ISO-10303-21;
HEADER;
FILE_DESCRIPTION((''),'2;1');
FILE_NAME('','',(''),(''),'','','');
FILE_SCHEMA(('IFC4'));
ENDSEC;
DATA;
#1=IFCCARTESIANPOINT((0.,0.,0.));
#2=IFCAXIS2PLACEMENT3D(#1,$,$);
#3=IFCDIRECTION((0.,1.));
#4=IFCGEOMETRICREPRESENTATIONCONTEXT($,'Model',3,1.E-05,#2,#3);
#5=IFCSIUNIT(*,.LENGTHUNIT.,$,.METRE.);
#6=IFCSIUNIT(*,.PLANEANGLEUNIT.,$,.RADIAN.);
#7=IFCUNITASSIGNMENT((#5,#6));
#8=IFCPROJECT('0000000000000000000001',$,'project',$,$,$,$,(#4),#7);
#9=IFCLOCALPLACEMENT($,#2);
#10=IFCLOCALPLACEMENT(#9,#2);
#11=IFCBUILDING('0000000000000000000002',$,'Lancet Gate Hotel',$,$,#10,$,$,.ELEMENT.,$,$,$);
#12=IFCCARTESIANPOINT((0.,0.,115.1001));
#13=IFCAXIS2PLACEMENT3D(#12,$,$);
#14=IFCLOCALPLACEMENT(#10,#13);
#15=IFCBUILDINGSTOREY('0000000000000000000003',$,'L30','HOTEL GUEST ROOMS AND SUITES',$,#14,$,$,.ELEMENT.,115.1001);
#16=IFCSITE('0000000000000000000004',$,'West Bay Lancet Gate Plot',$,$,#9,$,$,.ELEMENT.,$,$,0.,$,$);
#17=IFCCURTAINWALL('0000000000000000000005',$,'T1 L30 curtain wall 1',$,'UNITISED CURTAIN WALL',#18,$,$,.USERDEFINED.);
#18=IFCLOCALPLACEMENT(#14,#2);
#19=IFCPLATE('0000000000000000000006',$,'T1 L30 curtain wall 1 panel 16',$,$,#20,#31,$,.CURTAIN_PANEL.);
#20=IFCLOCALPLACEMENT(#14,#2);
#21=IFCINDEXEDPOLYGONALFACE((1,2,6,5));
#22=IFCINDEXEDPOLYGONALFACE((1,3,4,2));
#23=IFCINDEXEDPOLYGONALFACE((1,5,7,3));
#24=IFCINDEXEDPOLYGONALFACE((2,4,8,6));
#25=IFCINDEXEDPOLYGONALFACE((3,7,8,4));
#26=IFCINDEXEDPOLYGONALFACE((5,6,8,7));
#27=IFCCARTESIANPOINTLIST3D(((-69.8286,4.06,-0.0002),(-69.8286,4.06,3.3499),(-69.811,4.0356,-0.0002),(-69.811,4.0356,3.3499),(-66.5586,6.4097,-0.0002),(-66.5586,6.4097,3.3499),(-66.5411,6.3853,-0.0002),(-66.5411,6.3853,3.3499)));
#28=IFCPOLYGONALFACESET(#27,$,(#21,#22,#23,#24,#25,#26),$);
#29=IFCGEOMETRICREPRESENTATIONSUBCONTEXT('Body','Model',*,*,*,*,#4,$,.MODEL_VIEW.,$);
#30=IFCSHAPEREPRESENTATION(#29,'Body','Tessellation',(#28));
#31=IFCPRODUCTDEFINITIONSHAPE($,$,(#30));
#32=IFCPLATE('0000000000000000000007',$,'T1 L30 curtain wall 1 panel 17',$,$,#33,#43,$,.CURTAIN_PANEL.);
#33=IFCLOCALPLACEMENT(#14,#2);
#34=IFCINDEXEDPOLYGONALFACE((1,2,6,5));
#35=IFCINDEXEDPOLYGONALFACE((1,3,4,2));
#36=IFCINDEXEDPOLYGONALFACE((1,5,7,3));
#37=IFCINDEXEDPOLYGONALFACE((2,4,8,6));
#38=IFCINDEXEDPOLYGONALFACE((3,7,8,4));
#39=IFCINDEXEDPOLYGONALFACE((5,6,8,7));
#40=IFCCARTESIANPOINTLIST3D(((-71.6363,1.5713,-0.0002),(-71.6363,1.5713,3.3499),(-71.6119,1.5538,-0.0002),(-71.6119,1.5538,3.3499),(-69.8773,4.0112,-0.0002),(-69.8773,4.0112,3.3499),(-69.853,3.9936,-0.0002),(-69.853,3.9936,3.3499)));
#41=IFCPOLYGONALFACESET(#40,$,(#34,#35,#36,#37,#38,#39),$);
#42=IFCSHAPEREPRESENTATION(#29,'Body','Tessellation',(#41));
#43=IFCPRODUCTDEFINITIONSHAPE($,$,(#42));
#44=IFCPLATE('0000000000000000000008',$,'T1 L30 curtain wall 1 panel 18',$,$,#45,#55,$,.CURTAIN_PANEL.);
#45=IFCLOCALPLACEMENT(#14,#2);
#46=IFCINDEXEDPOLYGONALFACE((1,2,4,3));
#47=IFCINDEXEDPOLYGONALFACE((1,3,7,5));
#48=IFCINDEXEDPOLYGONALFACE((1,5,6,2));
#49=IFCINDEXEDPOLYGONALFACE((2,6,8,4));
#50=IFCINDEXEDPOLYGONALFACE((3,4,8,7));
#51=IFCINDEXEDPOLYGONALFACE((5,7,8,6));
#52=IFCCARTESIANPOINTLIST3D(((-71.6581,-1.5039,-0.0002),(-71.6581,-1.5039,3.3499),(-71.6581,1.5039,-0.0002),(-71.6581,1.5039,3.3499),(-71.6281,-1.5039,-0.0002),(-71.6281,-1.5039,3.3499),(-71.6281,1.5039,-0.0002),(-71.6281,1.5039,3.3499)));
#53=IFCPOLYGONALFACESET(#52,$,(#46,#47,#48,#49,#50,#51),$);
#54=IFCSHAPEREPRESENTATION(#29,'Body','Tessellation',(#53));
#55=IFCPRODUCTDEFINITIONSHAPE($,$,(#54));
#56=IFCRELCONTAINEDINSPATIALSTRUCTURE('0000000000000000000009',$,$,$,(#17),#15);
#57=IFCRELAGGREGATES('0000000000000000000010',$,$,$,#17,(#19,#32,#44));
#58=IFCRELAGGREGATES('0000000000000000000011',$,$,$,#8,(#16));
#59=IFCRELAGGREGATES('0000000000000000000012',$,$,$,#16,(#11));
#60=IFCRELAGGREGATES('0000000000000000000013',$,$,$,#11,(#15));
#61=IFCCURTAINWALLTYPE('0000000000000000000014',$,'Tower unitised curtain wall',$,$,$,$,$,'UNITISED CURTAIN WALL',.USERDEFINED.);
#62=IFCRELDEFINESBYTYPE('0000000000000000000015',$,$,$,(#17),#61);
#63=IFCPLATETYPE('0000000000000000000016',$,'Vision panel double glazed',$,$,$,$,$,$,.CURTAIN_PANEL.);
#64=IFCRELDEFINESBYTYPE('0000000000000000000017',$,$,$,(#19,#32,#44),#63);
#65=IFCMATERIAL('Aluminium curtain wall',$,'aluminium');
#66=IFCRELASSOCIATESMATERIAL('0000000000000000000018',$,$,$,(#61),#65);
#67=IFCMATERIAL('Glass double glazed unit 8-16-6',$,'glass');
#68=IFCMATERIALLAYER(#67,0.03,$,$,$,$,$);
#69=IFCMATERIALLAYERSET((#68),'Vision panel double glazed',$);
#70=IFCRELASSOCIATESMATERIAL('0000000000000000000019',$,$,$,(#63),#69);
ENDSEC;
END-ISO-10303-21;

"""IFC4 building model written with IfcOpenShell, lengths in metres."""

from ifc_helpers import new_model, si_unit, direction, frame, origin, origin_2d, place, context, subcontext, project, spatial, rectangle, extrude, material, layer, layer_set, type_object, element, aggregate, save


model = new_model("IFC4")

# Units and contexts
model_context = context("Model", 3, precision=1e-05, world=origin(), true_north=direction((0.0, 1.0)))
body_context = subcontext(model_context, "Body", "Model", "MODEL_VIEW")
ifc_project = project(units=[si_unit("LENGTHUNIT", "METRE"), si_unit("PLANEANGLEUNIT", "RADIAN")], contexts=[model_context])

# Site, building, storey
site_placement = place(None, origin())
site = spatial("IfcSite", under=ifc_project, at=site_placement, Name="West Bay Lancet Gate Plot", CompositionType="ELEMENT", RefElevation=0.0)
building_placement = place(site_placement, origin())
building = spatial("IfcBuilding", under=site, at=building_placement, Name="Lancet Gate Hotel", CompositionType="ELEMENT")
storey_placement = place(building_placement, frame((0.0, 0.0, 115.1001)))
storey = spatial("IfcBuildingStorey", under=building, at=storey_placement, Name="L30", Description="HOTEL GUEST ROOMS AND SUITES", CompositionType="ELEMENT", Elevation=115.1001)

# Curtain wall
ifc_material_1 = material(Name="Aluminium curtain wall", Category="aluminium")
curtain_wall_type = type_object("IfcCurtainWallType", Name="Tower unitised curtain wall", ElementType="UNITISED CURTAIN WALL", PredefinedType="USERDEFINED", material=ifc_material_1)
curtain_wall_placement = place(storey_placement, origin())
curtain_wall = element("IfcCurtainWall", 1, at=curtain_wall_placement, inside=storey, type_object=curtain_wall_type, Name="T1 L30 curtain wall 1", ObjectType="UNITISED CURTAIN WALL", PredefinedType="USERDEFINED")

# Plates
ifc_material_2 = material(Name="Glass double glazed unit 8-16-6", Category="glass")
ifc_layer = layer(ifc_material_2, 0.03)
ifc_layer_set = layer_set([ifc_layer], Name="Vision panel double glazed")
plate_type = type_object("IfcPlateType", Name="Vision panel double glazed", PredefinedType="CURTAIN_PANEL", material=ifc_layer_set)
plate_1_placement = place(storey_placement, frame((-68.1848, 5.2227, -0.0002), z_axis=(0.0, 0.0, 1.0), x_axis=(-0.812093, -0.583528, 0.0)))
plate_1 = element("IfcPlate", 2, at=plate_1_placement, type_object=plate_type, Name="T1 L30 curtain wall 1 panel 16", PredefinedType="CURTAIN_PANEL", context=body_context, shape_type="SweptSolid", body=[
    extrude(rectangle(XDim=4.0266, YDim=0.03, at=origin_2d()), origin(), (0.0, 0.0, 1.0), 3.3501),
])
plate_2_placement = place(storey_placement, frame((-70.7446, 2.7825, -0.0002), z_axis=(0.0, 0.0, 1.0), x_axis=(-0.584809, -0.811171, 0.0)))
plate_2 = element("IfcPlate", 3, at=plate_2_placement, type_object=plate_type, Name="T1 L30 curtain wall 1 panel 17", PredefinedType="CURTAIN_PANEL", context=body_context, shape_type="SweptSolid", body=[
    extrude(rectangle(XDim=3.0078, YDim=0.03, at=origin_2d()), origin(), (0.0, 0.0, 1.0), 3.3501),
])
plate_3_placement = place(storey_placement, frame((-71.6431, 0.0, -0.0002), z_axis=(0.0, 0.0, 1.0), x_axis=(0.0, -1.0, 0.0)))
plate_3 = element("IfcPlate", 4, at=plate_3_placement, type_object=plate_type, Name="T1 L30 curtain wall 1 panel 18", PredefinedType="CURTAIN_PANEL", context=body_context, shape_type="SweptSolid", body=[
    extrude(rectangle(XDim=3.0078, YDim=0.03, at=origin_2d()), origin(), (0.0, 0.0, 1.0), 3.3501),
])
aggregate(curtain_wall, [plate_1, plate_2, plate_3])

save(model, "model.ifc")
